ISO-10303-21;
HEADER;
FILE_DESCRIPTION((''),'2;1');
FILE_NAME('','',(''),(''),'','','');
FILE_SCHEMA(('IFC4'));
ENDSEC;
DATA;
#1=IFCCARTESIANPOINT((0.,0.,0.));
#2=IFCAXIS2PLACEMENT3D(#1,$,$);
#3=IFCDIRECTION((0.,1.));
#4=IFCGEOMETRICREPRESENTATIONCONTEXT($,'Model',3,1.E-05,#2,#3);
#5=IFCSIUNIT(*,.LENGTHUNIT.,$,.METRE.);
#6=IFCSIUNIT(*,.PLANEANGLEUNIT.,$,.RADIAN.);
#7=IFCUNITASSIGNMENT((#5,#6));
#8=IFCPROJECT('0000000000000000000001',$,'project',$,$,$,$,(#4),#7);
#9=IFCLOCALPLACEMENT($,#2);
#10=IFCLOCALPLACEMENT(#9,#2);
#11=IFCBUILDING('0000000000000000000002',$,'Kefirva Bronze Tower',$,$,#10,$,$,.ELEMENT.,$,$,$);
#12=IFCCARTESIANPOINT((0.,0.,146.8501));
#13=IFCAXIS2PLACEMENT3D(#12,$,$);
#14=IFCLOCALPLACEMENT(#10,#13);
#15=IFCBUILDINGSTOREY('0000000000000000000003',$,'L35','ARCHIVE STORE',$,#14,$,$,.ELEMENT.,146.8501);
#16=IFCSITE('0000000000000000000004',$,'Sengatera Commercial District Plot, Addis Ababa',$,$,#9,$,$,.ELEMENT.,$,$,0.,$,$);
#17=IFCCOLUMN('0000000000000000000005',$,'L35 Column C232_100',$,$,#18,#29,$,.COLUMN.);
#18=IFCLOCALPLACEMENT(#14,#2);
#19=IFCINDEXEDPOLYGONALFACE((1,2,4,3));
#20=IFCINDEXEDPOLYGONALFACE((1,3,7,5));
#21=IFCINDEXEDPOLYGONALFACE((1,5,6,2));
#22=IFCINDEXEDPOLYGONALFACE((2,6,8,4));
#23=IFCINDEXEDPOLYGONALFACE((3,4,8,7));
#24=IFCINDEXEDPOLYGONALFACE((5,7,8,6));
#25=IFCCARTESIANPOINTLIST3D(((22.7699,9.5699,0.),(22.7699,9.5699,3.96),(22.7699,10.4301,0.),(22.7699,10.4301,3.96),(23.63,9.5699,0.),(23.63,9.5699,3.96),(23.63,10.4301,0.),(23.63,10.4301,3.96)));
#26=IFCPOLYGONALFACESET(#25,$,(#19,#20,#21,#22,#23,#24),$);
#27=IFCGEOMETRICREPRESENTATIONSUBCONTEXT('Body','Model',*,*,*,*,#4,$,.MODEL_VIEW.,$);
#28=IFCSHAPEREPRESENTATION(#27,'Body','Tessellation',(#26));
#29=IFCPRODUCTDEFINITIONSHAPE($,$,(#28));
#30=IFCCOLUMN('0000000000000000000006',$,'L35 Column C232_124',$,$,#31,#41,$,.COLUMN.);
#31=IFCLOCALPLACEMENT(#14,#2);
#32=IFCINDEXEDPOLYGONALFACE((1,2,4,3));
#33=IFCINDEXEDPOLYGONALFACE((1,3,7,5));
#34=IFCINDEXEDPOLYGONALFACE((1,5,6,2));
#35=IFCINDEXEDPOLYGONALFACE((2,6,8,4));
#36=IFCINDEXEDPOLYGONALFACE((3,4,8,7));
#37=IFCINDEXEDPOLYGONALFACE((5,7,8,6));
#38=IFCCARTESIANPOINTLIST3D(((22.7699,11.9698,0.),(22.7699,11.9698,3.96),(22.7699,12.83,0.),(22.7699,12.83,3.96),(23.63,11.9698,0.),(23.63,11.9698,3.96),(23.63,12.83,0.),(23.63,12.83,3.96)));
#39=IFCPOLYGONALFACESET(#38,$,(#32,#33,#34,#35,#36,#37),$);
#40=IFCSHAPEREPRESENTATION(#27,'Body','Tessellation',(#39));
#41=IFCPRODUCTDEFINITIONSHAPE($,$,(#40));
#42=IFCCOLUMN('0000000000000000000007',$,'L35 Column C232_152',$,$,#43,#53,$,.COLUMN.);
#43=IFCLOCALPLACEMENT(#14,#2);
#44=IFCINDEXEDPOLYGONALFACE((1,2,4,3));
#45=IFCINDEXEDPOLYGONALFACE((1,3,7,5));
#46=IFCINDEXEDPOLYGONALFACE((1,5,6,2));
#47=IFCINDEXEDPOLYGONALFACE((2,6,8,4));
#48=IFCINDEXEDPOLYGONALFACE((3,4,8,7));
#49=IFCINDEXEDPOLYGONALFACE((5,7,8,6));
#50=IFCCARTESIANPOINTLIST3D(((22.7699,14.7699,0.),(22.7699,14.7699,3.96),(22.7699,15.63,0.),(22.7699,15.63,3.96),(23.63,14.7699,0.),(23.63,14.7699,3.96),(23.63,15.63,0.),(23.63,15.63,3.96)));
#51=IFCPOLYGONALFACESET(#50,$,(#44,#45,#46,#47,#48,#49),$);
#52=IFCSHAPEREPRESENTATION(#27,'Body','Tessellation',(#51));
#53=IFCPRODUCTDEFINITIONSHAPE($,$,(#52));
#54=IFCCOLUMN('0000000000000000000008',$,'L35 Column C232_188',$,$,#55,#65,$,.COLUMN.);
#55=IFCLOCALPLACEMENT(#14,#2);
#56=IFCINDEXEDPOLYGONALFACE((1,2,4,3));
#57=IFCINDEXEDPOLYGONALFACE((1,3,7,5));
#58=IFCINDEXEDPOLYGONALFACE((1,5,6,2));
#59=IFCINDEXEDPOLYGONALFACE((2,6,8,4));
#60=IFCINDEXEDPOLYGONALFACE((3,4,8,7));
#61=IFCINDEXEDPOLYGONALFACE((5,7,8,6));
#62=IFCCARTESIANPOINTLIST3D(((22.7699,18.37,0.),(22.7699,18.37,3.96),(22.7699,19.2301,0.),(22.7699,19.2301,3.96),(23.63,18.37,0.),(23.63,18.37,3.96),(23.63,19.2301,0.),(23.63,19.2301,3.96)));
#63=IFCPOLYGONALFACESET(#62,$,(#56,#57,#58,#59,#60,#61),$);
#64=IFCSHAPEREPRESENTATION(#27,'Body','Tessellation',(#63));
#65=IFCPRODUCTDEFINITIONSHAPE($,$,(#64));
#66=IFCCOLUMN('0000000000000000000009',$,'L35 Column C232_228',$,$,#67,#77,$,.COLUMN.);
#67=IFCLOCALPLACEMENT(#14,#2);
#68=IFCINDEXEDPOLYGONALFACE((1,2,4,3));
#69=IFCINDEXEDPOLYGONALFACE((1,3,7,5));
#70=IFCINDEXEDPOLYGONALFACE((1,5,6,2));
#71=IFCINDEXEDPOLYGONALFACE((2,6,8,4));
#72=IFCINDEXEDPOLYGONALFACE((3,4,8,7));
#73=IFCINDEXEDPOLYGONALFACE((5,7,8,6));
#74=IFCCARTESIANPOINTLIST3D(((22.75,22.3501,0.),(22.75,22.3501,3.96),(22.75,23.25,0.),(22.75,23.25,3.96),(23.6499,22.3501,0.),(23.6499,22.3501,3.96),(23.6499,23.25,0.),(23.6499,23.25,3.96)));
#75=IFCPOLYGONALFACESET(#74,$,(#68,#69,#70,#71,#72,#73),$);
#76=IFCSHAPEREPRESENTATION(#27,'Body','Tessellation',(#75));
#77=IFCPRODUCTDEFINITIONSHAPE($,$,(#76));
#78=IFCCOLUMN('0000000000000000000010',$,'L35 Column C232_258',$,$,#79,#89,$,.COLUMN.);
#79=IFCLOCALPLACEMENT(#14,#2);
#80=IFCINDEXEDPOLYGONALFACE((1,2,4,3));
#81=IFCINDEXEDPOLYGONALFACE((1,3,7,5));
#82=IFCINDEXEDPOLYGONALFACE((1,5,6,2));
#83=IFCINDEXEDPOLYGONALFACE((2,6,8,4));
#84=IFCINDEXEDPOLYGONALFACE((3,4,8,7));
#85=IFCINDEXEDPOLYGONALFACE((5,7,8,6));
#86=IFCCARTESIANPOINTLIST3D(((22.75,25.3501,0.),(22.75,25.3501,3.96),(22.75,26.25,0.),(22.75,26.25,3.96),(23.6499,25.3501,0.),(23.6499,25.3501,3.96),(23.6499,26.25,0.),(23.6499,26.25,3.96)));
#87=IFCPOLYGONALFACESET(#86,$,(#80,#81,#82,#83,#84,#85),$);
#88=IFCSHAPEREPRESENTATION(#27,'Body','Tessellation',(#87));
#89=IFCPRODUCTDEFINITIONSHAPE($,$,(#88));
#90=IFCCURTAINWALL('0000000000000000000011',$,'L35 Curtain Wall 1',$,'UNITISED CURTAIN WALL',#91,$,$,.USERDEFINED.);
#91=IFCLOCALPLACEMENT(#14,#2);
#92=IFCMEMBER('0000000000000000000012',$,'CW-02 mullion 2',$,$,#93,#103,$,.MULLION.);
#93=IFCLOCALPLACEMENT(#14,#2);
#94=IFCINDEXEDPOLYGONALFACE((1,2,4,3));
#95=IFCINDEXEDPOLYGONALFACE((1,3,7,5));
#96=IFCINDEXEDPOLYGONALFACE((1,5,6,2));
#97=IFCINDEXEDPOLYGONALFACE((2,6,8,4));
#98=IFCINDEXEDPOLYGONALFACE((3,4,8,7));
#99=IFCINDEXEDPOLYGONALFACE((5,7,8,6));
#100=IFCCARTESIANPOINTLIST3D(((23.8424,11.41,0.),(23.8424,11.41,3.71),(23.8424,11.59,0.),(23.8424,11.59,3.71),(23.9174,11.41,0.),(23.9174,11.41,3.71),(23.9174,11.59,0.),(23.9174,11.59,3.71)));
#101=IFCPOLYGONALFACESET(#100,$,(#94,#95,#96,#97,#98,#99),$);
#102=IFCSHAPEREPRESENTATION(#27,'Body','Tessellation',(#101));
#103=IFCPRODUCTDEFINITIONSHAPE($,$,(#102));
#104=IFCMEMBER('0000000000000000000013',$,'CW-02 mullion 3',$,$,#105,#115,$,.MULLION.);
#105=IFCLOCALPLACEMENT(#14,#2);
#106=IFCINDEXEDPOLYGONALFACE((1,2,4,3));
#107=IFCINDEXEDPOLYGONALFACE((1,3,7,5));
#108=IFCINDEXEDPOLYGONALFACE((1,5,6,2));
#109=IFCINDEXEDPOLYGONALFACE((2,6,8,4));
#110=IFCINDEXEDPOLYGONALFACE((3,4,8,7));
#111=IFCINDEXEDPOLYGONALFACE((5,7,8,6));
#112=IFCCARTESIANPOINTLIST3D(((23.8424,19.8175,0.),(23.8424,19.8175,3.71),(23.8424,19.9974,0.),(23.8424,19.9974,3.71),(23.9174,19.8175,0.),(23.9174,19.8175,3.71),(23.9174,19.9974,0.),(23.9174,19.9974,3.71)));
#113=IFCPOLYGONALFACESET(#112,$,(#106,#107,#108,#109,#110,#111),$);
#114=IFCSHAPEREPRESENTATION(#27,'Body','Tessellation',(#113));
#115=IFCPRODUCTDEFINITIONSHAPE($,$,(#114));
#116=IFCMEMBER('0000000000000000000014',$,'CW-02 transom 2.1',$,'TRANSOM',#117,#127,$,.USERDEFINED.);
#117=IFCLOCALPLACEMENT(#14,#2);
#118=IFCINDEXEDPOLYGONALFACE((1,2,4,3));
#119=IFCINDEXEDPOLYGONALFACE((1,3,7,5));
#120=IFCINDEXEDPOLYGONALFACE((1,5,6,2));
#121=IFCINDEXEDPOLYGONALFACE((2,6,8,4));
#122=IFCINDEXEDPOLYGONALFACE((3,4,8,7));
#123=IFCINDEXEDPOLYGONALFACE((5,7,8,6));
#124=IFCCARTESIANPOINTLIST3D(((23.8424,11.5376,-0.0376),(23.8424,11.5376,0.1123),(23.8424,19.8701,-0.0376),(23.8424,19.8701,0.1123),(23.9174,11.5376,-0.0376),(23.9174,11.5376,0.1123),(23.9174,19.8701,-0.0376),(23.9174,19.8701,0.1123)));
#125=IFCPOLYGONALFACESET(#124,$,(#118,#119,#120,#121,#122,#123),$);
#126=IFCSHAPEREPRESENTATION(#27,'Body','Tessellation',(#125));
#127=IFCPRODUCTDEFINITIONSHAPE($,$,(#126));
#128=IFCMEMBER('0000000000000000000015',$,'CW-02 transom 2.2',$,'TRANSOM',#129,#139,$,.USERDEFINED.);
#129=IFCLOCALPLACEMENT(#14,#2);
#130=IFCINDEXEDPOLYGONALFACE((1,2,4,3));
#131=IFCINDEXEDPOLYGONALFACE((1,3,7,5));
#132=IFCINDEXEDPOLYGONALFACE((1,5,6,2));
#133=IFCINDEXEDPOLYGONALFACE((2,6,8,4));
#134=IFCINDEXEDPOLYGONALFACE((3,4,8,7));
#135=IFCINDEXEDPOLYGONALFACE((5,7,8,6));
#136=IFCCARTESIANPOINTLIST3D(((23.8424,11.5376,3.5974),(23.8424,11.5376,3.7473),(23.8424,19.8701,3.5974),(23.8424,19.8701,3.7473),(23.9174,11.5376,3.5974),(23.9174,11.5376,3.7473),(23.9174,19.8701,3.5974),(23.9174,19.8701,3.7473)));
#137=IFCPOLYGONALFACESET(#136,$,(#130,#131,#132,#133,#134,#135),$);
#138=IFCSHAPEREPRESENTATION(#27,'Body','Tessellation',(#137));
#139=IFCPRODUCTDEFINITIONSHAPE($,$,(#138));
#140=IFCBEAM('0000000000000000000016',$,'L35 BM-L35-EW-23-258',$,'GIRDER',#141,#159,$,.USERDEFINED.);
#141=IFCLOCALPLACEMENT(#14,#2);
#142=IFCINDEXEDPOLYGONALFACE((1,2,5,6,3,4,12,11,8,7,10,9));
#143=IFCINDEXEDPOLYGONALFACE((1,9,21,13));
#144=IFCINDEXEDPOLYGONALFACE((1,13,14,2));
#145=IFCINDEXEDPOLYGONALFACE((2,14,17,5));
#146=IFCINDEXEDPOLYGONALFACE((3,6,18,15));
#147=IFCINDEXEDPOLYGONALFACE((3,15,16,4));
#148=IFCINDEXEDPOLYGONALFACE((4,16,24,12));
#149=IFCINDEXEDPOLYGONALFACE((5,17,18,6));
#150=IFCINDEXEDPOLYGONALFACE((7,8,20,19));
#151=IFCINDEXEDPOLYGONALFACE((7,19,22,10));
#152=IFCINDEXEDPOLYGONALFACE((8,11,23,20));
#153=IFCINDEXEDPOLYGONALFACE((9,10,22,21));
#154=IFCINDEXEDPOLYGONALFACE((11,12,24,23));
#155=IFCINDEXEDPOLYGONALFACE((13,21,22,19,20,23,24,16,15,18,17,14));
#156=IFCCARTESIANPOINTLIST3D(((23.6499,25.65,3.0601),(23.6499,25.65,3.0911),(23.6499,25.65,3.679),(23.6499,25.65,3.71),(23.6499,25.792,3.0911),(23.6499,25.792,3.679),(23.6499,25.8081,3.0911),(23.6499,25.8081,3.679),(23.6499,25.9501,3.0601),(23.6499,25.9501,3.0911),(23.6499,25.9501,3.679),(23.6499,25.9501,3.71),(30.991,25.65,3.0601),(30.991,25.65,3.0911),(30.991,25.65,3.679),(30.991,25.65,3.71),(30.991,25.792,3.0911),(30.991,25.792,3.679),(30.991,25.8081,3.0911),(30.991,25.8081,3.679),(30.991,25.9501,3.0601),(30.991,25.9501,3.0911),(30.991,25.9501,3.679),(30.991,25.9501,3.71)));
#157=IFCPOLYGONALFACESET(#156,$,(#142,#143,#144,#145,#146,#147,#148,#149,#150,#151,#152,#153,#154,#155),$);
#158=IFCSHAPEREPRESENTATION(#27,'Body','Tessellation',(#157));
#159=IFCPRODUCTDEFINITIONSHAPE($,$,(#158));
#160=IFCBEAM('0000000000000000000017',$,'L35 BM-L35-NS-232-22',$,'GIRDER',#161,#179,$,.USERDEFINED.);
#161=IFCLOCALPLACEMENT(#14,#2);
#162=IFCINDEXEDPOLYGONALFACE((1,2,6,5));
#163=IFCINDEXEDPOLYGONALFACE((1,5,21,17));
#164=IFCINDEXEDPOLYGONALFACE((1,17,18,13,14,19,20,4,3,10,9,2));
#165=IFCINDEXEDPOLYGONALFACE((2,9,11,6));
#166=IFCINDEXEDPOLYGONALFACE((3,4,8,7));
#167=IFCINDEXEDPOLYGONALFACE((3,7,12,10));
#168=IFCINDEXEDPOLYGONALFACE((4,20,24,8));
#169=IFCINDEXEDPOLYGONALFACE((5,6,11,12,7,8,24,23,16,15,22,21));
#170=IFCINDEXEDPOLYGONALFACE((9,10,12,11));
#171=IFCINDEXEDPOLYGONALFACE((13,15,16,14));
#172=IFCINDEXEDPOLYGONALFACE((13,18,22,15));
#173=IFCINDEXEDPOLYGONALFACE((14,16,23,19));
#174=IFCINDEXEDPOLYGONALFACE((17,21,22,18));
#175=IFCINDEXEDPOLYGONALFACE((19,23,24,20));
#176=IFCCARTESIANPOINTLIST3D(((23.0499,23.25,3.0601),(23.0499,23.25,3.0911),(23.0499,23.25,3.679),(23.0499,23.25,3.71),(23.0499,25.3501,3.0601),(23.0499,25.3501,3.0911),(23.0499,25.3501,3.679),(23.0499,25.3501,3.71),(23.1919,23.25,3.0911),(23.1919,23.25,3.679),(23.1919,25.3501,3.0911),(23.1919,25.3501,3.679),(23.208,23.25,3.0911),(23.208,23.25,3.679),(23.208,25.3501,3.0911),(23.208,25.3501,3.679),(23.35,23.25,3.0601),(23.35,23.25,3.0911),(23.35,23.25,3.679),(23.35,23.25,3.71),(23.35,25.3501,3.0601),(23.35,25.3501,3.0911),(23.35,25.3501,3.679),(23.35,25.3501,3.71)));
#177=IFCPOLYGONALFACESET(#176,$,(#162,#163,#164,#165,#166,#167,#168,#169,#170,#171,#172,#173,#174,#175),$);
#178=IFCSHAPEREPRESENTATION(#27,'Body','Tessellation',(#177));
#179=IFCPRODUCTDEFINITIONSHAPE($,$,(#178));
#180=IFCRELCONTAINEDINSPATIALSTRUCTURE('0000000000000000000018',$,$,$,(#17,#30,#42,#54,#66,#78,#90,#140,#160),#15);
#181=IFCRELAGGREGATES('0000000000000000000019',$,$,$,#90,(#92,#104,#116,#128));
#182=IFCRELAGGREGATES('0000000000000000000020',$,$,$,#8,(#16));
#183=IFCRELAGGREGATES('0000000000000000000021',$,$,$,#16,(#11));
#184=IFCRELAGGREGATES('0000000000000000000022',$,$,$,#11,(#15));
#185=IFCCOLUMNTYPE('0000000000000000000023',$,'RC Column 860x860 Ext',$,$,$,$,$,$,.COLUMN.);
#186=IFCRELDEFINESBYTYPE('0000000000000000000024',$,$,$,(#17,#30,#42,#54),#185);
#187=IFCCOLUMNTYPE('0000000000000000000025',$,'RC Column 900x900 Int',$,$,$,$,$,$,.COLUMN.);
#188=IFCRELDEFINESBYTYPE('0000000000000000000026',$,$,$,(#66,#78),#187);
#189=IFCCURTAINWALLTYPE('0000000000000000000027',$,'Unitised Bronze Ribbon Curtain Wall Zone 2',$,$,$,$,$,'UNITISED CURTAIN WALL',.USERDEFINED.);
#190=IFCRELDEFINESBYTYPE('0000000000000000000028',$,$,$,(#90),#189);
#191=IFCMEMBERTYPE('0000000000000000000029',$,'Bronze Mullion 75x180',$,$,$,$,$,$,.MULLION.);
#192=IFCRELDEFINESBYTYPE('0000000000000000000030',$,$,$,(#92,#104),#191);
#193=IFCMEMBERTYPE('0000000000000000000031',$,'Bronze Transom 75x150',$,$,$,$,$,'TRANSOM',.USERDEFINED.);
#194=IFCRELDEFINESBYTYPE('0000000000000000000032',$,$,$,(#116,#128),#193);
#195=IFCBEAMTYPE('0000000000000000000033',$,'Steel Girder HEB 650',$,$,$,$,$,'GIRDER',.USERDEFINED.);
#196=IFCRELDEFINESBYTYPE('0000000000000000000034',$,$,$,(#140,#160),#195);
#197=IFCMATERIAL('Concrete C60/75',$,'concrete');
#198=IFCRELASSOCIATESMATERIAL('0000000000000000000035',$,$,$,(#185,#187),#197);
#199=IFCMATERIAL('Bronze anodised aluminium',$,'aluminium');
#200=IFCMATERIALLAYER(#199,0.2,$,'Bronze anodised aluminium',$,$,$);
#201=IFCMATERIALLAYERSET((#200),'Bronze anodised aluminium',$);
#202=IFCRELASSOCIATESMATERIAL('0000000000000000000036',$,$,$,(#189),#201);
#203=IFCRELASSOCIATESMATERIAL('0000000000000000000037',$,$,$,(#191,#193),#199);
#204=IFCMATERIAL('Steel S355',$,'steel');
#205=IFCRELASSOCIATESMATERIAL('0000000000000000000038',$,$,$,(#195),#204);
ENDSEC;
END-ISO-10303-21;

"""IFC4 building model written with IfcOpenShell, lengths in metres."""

from ifc_helpers import new_model, si_unit, direction, frame, origin, origin_2d, place, context, subcontext, project, spatial, rectangle, i_section, extrude, material, layer, layer_set, material_profile, profile_set, type_object, element, aggregate, save


model = new_model("IFC4")

# Units and contexts
model_context = context("Model", 3, precision=1e-05, world=origin(), true_north=direction((0.0, 1.0)))
body_context = subcontext(model_context, "Body", "Model", "MODEL_VIEW")
ifc_project = project(units=[si_unit("LENGTHUNIT", "METRE"), si_unit("PLANEANGLEUNIT", "RADIAN")], contexts=[model_context])

# Site, building, storey
site_placement = place(None, origin())
site = spatial("IfcSite", under=ifc_project, at=site_placement, Name="Sengatera Commercial District Plot, Addis Ababa", CompositionType="ELEMENT", RefElevation=0.0)
building_placement = place(site_placement, origin())
building = spatial("IfcBuilding", under=site, at=building_placement, Name="Kefirva Bronze Tower", CompositionType="ELEMENT")
storey_placement = place(building_placement, frame((0.0, 0.0, 146.8501)))
storey = spatial("IfcBuildingStorey", under=building, at=storey_placement, Name="L35", Description="ARCHIVE STORE", CompositionType="ELEMENT", Elevation=146.8501)

# Columns
ifc_material_1 = material(Name="Concrete C60/75", Category="concrete")
ifc_material_profile_1 = material_profile(ifc_material_1, rectangle(XDim=0.8601, YDim=0.8601, at=origin_2d()), Name="RC 860x860")
ifc_profile_set_1 = profile_set([ifc_material_profile_1], Name="Concrete C60/75")
column_type_1 = type_object("IfcColumnType", Name="RC Column 860x860 Ext", PredefinedType="COLUMN", material=ifc_profile_set_1)
for number, where, z_axis, x_axis, name in (
    (1, (23.2, 10.0, 0.0), (0.0, 0.0, 1.0), (1.0, 0.0, 0.0), "L35 Column C232_100"),
    (2, (23.2, 12.3999, 0.0), (0.0, 0.0, 1.0), (1.0, 0.0, 0.0), "L35 Column C232_124"),
    (3, (23.2, 15.2, 0.0), (0.0, 0.0, 1.0), (1.0, 0.0, 0.0), "L35 Column C232_152"),
    (4, (23.2, 18.8, 0.0), (0.0, 0.0, 1.0), (1.0, 0.0, 0.0), "L35 Column C232_188"),
):
    element("IfcColumn", number, at=place(storey_placement, frame(where, z_axis=z_axis, x_axis=x_axis)), inside=storey, type_object=column_type_1, Name=name, PredefinedType="COLUMN", context=body_context, shape_type="SweptSolid", body=[
        extrude(rectangle(XDim=0.8601, YDim=0.8601, at=origin_2d()), origin(), (0.0, 0.0, 1.0), 3.96),
    ])
ifc_material_profile_2 = material_profile(ifc_material_1, rectangle(XDim=0.8999, YDim=0.8999, at=origin_2d()), Name="RC 900x900")
ifc_profile_set_2 = profile_set([ifc_material_profile_2], Name="Concrete C60/75")
column_type_2 = type_object("IfcColumnType", Name="RC Column 900x900 Int", PredefinedType="COLUMN", material=ifc_profile_set_2)
for number, where, z_axis, x_axis, name in (
    (5, (23.2, 22.8, 0.0), (0.0, 0.0, 1.0), (1.0, 0.0, 0.0), "L35 Column C232_228"),
    (6, (23.2, 25.8, 0.0), (0.0, 0.0, 1.0), (1.0, 0.0, 0.0), "L35 Column C232_258"),
):
    element("IfcColumn", number, at=place(storey_placement, frame(where, z_axis=z_axis, x_axis=x_axis)), inside=storey, type_object=column_type_2, Name=name, PredefinedType="COLUMN", context=body_context, shape_type="SweptSolid", body=[
        extrude(rectangle(XDim=0.8999, YDim=0.8999, at=origin_2d()), origin(), (0.0, 0.0, 1.0), 3.96),
    ])

# Curtain wall, members
ifc_material_2 = material(Name="Bronze anodised aluminium", Category="aluminium")
ifc_layer_1 = layer(ifc_material_2, 0.2, Name="Bronze anodised aluminium")
ifc_layer_set_1 = layer_set([ifc_layer_1], Name="Bronze anodised aluminium")
curtain_wall_type = type_object("IfcCurtainWallType", Name="Unitised Bronze Ribbon Curtain Wall Zone 2", ElementType="UNITISED CURTAIN WALL", PredefinedType="USERDEFINED", material=ifc_layer_set_1)
curtain_wall_placement = place(storey_placement, origin())
curtain_wall = element("IfcCurtainWall", 7, at=curtain_wall_placement, inside=storey, type_object=curtain_wall_type, Name="L35 Curtain Wall 1", ObjectType="UNITISED CURTAIN WALL", PredefinedType="USERDEFINED")
ifc_material_profile_3 = material_profile(ifc_material_2, rectangle(XDim=0.075, YDim=0.1799, at=origin_2d()), Name="ALU 75x180")
ifc_profile_set_3 = profile_set([ifc_material_profile_3], Name="Bronze anodised aluminium")
member_type_1 = type_object("IfcMemberType", Name="Bronze Mullion 75x180", PredefinedType="MULLION", material=ifc_profile_set_3)
member_1_placement = place(storey_placement, frame((23.8799, 11.5, 0.0), z_axis=(0.0, 0.0, 1.0), x_axis=(-1.0, 0.0, 0.0)))
member_1 = element("IfcMember", 8, at=member_1_placement, type_object=member_type_1, Name="CW-02 mullion 2", PredefinedType="MULLION", context=body_context, shape_type="SweptSolid", body=[
    extrude(rectangle(XDim=0.075, YDim=0.1799, at=origin_2d()), origin(), (0.0, 0.0, 1.0), 3.71),
])
member_2_placement = place(storey_placement, frame((23.8799, 19.9075, 0.0), z_axis=(0.0, 0.0, 1.0), x_axis=(-1.0, 0.0, 0.0)))
member_2 = element("IfcMember", 9, at=member_2_placement, type_object=member_type_1, Name="CW-02 mullion 3", PredefinedType="MULLION", context=body_context, shape_type="SweptSolid", body=[
    extrude(rectangle(XDim=0.075, YDim=0.1799, at=origin_2d()), origin(), (0.0, 0.0, 1.0), 3.71),
])
ifc_material_profile_4 = material_profile(ifc_material_2, rectangle(XDim=0.075, YDim=0.1499, at=origin_2d()), Name="ALU 75x150")
ifc_profile_set_4 = profile_set([ifc_material_profile_4], Name="Bronze anodised aluminium")
member_type_2 = type_object("IfcMemberType", Name="Bronze Transom 75x150", ElementType="TRANSOM", PredefinedType="USERDEFINED", material=ifc_profile_set_4)
member_3_placement = place(storey_placement, frame((23.8799, 11.5376, 0.0374), z_axis=(0.0, 1.0, 0.0), x_axis=(-1.0, 0.0, 0.0)))
member_3 = element("IfcMember", 10, at=member_3_placement, type_object=member_type_2, Name="CW-02 transom 2.1", ObjectType="TRANSOM", PredefinedType="USERDEFINED", context=body_context, shape_type="SweptSolid", body=[
    extrude(rectangle(XDim=0.075, YDim=0.1499, at=origin_2d()), origin(), (0.0, 0.0, 1.0), 8.3325),
])
member_4_placement = place(storey_placement, frame((23.8799, 11.5376, 3.6724), z_axis=(0.0, 1.0, 0.0), x_axis=(-1.0, 0.0, 0.0)))
member_4 = element("IfcMember", 11, at=member_4_placement, type_object=member_type_2, Name="CW-02 transom 2.2", ObjectType="TRANSOM", PredefinedType="USERDEFINED", context=body_context, shape_type="SweptSolid", body=[
    extrude(rectangle(XDim=0.075, YDim=0.1499, at=origin_2d()), origin(), (0.0, 0.0, 1.0), 8.3325),
])

# Beams
ifc_material_3 = material(Name="Steel S355", Category="steel")
ifc_material_profile_5 = material_profile(ifc_material_3, i_section(OverallWidth=0.3, OverallDepth=0.6499, WebThickness=0.0161, FlangeThickness=0.031, at=origin_2d()), Name="HEB 650")
ifc_profile_set_5 = profile_set([ifc_material_profile_5], Name="Steel S355")
beam_type_1 = type_object("IfcBeamType", Name="Steel Girder HEB 650", ElementType="GIRDER", PredefinedType="USERDEFINED", material=ifc_profile_set_5)
beam_1_placement = place(storey_placement, frame((23.6499, 25.8, 3.385), z_axis=(1.0, 0.0, 0.0), x_axis=(0.0, 1.0, 0.0)))
element("IfcBeam", 12, at=beam_1_placement, inside=storey, type_object=beam_type_1, Name="L35 BM-L35-EW-23-258", ObjectType="GIRDER", PredefinedType="USERDEFINED", context=body_context, shape_type="SweptSolid", body=[
    extrude(i_section(OverallWidth=0.3, OverallDepth=0.6499, WebThickness=0.0161, FlangeThickness=0.031, at=origin_2d()), origin(), (0.0, 0.0, 1.0), 7.3411),
])
beam_2_placement = place(storey_placement, frame((23.2, 23.25, 3.385), z_axis=(0.0, 1.0, 0.0), x_axis=(-1.0, 0.0, 0.0)))
element("IfcBeam", 13, at=beam_2_placement, inside=storey, type_object=beam_type_1, Name="L35 BM-L35-NS-232-22", ObjectType="GIRDER", PredefinedType="USERDEFINED", context=body_context, shape_type="SweptSolid", body=[
    extrude(i_section(OverallWidth=0.3, OverallDepth=0.6499, WebThickness=0.0161, FlangeThickness=0.031, at=origin_2d()), origin(), (0.0, 0.0, 1.0), 2.1001),
])

aggregate(curtain_wall, [member_1, member_2, member_3, member_4])

save(model, "model.ifc")
